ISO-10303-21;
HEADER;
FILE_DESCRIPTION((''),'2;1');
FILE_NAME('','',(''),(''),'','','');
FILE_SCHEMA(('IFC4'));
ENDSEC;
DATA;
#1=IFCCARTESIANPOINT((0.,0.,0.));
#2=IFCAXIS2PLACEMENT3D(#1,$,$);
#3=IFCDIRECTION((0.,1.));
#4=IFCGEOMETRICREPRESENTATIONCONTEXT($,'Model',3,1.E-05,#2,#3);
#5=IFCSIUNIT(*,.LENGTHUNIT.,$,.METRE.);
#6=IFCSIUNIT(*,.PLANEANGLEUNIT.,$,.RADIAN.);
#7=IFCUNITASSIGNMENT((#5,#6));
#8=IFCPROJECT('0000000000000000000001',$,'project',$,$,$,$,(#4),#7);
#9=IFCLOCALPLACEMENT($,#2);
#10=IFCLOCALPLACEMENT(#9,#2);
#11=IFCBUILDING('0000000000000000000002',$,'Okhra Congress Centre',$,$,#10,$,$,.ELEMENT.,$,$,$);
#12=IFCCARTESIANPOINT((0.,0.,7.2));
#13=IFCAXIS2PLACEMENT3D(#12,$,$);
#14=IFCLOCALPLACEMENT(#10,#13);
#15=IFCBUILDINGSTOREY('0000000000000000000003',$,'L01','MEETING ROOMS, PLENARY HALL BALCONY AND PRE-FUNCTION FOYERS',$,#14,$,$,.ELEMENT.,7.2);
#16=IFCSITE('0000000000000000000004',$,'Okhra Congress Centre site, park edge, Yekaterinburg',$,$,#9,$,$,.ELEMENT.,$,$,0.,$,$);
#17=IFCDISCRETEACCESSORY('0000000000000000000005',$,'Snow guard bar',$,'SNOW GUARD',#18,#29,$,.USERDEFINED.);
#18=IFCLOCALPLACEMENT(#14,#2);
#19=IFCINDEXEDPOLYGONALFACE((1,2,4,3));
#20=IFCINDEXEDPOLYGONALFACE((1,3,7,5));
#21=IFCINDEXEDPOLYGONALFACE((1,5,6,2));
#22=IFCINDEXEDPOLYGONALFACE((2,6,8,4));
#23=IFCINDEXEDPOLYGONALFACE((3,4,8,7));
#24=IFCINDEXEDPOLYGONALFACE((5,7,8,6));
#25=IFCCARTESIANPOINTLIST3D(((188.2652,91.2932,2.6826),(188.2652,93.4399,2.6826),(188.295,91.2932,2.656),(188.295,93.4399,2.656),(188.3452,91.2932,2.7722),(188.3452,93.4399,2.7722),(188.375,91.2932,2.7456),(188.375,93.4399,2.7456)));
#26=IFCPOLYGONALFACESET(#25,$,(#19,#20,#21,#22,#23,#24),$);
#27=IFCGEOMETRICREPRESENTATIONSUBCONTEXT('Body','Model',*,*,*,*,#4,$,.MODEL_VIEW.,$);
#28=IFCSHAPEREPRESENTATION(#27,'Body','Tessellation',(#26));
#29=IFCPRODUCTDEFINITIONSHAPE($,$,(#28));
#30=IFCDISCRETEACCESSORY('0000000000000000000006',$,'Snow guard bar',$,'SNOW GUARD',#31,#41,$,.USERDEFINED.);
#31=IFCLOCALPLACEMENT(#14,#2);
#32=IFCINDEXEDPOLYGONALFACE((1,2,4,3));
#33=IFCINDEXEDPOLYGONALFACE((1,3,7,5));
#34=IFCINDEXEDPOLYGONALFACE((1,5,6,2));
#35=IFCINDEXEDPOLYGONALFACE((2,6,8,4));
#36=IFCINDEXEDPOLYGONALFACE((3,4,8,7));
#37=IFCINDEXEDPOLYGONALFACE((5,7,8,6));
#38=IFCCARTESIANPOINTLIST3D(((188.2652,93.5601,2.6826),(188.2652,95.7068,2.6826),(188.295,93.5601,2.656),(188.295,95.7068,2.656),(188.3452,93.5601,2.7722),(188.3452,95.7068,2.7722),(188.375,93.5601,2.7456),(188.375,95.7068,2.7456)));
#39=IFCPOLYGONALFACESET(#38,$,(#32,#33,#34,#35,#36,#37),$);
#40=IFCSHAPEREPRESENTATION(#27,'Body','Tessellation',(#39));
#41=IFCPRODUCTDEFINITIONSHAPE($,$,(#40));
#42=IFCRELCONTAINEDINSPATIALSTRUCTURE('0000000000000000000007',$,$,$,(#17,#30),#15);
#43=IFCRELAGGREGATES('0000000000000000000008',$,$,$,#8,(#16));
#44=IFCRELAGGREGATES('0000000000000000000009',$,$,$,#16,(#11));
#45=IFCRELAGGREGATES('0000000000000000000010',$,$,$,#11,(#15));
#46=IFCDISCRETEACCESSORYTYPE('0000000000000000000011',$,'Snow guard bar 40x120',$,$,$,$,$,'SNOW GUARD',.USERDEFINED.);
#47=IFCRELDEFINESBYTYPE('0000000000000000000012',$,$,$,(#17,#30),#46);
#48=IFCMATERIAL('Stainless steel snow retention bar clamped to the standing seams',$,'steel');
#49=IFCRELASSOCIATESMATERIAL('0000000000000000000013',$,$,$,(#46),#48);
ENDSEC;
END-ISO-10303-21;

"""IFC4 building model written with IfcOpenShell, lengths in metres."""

from ifc_helpers import new_model, si_unit, direction, frame, origin, place, context, subcontext, project, spatial, polyline, outline, extrude, material, type_object, element, save


model = new_model("IFC4")

# Units and contexts
model_context = context("Model", 3, precision=1e-05, world=origin(), true_north=direction((0.0, 1.0)))
body_context = subcontext(model_context, "Body", "Model", "MODEL_VIEW")
ifc_project = project(units=[si_unit("LENGTHUNIT", "METRE"), si_unit("PLANEANGLEUNIT", "RADIAN")], contexts=[model_context])

# Site, building, storey
site_placement = place(None, origin())
site = spatial("IfcSite", under=ifc_project, at=site_placement, Name="Okhra Congress Centre site, park edge, Yekaterinburg", CompositionType="ELEMENT", RefElevation=0.0)
building_placement = place(site_placement, origin())
building = spatial("IfcBuilding", under=site, at=building_placement, Name="Okhra Congress Centre", CompositionType="ELEMENT")
storey_placement = place(building_placement, frame((0.0, 0.0, 7.2)))
storey = spatial("IfcBuildingStorey", under=building, at=storey_placement, Name="L01", Description="MEETING ROOMS, PLENARY HALL BALCONY AND PRE-FUNCTION FOYERS", CompositionType="ELEMENT", Elevation=7.2)

# Discrete accessories
ifc_material_1 = material(Name="Stainless steel snow retention bar clamped to the standing seams", Category="steel")
discrete_accessory_type = type_object("IfcDiscreteAccessoryType", Name="Snow guard bar 40x120", ElementType="SNOW GUARD", PredefinedType="USERDEFINED", material=ifc_material_1)
for number, where, z_axis, x_axis, name in (
    (1, (188.3452, 91.2932, 2.7722), (0.666259, 0.0, 0.745721), (0.745721, 0.0, -0.666259), "Snow guard bar"),
    (2, (188.3452, 93.5601, 2.7722), (0.666259, 0.0, 0.745721), (0.745721, 0.0, -0.666259), "Snow guard bar"),
):
    element("IfcDiscreteAccessory", number, at=place(storey_placement, frame(where, z_axis=z_axis, x_axis=x_axis)), inside=storey, type_object=discrete_accessory_type, Name=name, ObjectType="SNOW GUARD", PredefinedType="USERDEFINED", context=body_context, shape_type="SweptSolid", body=[
        extrude(outline(polyline([(0.0, 0.0), (0.0399, 0.0), (0.0399, 2.1467), (0.0, 2.1467), (0.0, 0.0)])), origin(), (0.0, 0.0, -1.0), 0.1201),
    ])

save(model, "model.ifc")
